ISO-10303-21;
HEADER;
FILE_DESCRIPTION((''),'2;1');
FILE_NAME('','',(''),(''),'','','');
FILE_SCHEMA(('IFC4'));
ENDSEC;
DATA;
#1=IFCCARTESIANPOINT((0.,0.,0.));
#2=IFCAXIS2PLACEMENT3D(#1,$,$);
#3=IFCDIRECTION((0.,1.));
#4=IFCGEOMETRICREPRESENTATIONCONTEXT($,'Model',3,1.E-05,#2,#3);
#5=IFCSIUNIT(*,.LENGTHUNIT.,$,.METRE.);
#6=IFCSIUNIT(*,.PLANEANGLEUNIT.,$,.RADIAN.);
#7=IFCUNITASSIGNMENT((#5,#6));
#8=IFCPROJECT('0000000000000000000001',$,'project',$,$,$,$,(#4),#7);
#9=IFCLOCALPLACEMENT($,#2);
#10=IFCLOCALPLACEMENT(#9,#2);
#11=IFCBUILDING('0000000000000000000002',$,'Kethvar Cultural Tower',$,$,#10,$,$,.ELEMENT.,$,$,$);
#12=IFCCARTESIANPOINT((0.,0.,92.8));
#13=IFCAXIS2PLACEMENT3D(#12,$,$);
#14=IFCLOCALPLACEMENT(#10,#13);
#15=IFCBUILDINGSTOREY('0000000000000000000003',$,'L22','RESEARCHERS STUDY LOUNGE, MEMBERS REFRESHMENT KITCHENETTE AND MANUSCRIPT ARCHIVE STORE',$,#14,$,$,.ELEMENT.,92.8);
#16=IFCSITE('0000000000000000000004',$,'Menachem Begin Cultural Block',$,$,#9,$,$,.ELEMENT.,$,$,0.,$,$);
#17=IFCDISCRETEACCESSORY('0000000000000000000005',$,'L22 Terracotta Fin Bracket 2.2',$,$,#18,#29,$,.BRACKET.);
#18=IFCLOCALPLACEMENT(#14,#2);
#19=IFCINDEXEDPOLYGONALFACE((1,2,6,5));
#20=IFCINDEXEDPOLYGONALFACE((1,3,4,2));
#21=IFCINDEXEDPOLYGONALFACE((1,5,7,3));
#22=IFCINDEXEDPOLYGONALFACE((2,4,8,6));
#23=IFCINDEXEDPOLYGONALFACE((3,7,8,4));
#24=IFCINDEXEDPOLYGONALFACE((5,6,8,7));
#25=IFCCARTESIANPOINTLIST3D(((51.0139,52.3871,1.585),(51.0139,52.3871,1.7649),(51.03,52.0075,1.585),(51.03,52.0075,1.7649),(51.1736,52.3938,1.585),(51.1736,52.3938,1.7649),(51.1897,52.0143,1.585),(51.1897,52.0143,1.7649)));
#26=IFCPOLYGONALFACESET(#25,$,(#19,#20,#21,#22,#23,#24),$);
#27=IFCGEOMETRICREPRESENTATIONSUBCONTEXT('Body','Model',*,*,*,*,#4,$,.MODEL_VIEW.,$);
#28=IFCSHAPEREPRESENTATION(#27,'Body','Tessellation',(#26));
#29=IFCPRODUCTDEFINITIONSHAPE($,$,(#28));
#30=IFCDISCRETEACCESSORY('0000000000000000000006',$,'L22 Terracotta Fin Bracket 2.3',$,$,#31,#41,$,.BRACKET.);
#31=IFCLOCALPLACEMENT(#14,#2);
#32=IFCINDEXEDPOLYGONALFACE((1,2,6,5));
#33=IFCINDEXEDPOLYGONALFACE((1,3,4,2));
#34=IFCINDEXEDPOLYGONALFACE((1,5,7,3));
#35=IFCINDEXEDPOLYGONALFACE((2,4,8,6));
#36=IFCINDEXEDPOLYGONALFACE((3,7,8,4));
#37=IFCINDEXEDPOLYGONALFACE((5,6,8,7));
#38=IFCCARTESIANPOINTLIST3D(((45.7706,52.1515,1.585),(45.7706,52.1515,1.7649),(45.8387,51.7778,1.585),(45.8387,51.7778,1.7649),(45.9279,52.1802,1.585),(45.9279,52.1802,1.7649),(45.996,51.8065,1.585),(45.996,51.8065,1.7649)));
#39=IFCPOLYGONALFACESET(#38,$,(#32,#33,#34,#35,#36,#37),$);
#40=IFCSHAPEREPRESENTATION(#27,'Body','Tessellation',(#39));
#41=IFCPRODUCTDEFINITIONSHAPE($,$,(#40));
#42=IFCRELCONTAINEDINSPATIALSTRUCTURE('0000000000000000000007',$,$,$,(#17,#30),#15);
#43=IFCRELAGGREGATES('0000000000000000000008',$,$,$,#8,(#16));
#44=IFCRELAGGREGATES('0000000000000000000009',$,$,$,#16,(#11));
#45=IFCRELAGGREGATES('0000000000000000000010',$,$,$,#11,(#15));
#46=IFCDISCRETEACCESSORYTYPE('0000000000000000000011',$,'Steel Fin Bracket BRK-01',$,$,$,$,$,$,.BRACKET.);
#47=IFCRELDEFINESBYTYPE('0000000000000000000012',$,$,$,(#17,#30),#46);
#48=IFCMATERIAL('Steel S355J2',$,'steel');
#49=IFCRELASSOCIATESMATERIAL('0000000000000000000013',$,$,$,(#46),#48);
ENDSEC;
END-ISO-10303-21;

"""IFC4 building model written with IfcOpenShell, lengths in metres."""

from ifc_helpers import new_model, si_unit, direction, frame, origin, origin_2d, place, context, subcontext, project, spatial, rectangle, extrude, source, transform, mapped, material, type_object, element, save


model = new_model("IFC4")

# Units and contexts
model_context = context("Model", 3, precision=1e-05, world=origin(), true_north=direction((0.0, 1.0)))
body_context = subcontext(model_context, "Body", "Model", "MODEL_VIEW")
ifc_project = project(units=[si_unit("LENGTHUNIT", "METRE"), si_unit("PLANEANGLEUNIT", "RADIAN")], contexts=[model_context])

# Site, building, storey
site_placement = place(None, origin())
site = spatial("IfcSite", under=ifc_project, at=site_placement, Name="Menachem Begin Cultural Block", CompositionType="ELEMENT", RefElevation=0.0)
building_placement = place(site_placement, origin())
building = spatial("IfcBuilding", under=site, at=building_placement, Name="Kethvar Cultural Tower", CompositionType="ELEMENT")
storey_placement = place(building_placement, frame((0.0, 0.0, 92.8)))
storey = spatial("IfcBuildingStorey", under=building, at=storey_placement, Name="L22", Description="RESEARCHERS STUDY LOUNGE, MEMBERS REFRESHMENT KITCHENETTE AND MANUSCRIPT ARCHIVE STORE", CompositionType="ELEMENT", Elevation=92.8)

# Shared definitions
ifc_material_1 = material(Name="Steel S355J2", Category="steel")

# Discrete accessories
discrete_accessory_type = type_object("IfcDiscreteAccessoryType", Name="Steel Fin Bracket BRK-01", PredefinedType="BRACKET", material=ifc_material_1)
shared_shape_1 = source(origin(), body_context, "Body", "SweptSolid", [
    extrude(rectangle(XDim=0.3799, YDim=0.1599, at=origin_2d()), origin(), (0.0, 0.0, 1.0), 0.1799),
])
for number, where, z_axis, x_axis, name in (
    (1, (51.1018, 52.2007, 1.585), (0.0, 0.0, 1.0), (-0.042399, 0.999101, 0.0), "L22 Terracotta Fin Bracket 2.2"),
    (2, (45.8833, 51.979, 1.585), (0.0, 0.0, 1.0), (-0.179317, 0.983791, 0.0), "L22 Terracotta Fin Bracket 2.3"),
):
    element("IfcDiscreteAccessory", number, at=place(storey_placement, frame(where, z_axis=z_axis, x_axis=x_axis)), inside=storey, type_object=discrete_accessory_type, Name=name, PredefinedType="BRACKET", context=body_context, shape_type="MappedRepresentation", body=[
        mapped(shared_shape_1, transform((0.0, 0.0, 0.0), scale=1.0)),
    ])

save(model, "model.ifc")
